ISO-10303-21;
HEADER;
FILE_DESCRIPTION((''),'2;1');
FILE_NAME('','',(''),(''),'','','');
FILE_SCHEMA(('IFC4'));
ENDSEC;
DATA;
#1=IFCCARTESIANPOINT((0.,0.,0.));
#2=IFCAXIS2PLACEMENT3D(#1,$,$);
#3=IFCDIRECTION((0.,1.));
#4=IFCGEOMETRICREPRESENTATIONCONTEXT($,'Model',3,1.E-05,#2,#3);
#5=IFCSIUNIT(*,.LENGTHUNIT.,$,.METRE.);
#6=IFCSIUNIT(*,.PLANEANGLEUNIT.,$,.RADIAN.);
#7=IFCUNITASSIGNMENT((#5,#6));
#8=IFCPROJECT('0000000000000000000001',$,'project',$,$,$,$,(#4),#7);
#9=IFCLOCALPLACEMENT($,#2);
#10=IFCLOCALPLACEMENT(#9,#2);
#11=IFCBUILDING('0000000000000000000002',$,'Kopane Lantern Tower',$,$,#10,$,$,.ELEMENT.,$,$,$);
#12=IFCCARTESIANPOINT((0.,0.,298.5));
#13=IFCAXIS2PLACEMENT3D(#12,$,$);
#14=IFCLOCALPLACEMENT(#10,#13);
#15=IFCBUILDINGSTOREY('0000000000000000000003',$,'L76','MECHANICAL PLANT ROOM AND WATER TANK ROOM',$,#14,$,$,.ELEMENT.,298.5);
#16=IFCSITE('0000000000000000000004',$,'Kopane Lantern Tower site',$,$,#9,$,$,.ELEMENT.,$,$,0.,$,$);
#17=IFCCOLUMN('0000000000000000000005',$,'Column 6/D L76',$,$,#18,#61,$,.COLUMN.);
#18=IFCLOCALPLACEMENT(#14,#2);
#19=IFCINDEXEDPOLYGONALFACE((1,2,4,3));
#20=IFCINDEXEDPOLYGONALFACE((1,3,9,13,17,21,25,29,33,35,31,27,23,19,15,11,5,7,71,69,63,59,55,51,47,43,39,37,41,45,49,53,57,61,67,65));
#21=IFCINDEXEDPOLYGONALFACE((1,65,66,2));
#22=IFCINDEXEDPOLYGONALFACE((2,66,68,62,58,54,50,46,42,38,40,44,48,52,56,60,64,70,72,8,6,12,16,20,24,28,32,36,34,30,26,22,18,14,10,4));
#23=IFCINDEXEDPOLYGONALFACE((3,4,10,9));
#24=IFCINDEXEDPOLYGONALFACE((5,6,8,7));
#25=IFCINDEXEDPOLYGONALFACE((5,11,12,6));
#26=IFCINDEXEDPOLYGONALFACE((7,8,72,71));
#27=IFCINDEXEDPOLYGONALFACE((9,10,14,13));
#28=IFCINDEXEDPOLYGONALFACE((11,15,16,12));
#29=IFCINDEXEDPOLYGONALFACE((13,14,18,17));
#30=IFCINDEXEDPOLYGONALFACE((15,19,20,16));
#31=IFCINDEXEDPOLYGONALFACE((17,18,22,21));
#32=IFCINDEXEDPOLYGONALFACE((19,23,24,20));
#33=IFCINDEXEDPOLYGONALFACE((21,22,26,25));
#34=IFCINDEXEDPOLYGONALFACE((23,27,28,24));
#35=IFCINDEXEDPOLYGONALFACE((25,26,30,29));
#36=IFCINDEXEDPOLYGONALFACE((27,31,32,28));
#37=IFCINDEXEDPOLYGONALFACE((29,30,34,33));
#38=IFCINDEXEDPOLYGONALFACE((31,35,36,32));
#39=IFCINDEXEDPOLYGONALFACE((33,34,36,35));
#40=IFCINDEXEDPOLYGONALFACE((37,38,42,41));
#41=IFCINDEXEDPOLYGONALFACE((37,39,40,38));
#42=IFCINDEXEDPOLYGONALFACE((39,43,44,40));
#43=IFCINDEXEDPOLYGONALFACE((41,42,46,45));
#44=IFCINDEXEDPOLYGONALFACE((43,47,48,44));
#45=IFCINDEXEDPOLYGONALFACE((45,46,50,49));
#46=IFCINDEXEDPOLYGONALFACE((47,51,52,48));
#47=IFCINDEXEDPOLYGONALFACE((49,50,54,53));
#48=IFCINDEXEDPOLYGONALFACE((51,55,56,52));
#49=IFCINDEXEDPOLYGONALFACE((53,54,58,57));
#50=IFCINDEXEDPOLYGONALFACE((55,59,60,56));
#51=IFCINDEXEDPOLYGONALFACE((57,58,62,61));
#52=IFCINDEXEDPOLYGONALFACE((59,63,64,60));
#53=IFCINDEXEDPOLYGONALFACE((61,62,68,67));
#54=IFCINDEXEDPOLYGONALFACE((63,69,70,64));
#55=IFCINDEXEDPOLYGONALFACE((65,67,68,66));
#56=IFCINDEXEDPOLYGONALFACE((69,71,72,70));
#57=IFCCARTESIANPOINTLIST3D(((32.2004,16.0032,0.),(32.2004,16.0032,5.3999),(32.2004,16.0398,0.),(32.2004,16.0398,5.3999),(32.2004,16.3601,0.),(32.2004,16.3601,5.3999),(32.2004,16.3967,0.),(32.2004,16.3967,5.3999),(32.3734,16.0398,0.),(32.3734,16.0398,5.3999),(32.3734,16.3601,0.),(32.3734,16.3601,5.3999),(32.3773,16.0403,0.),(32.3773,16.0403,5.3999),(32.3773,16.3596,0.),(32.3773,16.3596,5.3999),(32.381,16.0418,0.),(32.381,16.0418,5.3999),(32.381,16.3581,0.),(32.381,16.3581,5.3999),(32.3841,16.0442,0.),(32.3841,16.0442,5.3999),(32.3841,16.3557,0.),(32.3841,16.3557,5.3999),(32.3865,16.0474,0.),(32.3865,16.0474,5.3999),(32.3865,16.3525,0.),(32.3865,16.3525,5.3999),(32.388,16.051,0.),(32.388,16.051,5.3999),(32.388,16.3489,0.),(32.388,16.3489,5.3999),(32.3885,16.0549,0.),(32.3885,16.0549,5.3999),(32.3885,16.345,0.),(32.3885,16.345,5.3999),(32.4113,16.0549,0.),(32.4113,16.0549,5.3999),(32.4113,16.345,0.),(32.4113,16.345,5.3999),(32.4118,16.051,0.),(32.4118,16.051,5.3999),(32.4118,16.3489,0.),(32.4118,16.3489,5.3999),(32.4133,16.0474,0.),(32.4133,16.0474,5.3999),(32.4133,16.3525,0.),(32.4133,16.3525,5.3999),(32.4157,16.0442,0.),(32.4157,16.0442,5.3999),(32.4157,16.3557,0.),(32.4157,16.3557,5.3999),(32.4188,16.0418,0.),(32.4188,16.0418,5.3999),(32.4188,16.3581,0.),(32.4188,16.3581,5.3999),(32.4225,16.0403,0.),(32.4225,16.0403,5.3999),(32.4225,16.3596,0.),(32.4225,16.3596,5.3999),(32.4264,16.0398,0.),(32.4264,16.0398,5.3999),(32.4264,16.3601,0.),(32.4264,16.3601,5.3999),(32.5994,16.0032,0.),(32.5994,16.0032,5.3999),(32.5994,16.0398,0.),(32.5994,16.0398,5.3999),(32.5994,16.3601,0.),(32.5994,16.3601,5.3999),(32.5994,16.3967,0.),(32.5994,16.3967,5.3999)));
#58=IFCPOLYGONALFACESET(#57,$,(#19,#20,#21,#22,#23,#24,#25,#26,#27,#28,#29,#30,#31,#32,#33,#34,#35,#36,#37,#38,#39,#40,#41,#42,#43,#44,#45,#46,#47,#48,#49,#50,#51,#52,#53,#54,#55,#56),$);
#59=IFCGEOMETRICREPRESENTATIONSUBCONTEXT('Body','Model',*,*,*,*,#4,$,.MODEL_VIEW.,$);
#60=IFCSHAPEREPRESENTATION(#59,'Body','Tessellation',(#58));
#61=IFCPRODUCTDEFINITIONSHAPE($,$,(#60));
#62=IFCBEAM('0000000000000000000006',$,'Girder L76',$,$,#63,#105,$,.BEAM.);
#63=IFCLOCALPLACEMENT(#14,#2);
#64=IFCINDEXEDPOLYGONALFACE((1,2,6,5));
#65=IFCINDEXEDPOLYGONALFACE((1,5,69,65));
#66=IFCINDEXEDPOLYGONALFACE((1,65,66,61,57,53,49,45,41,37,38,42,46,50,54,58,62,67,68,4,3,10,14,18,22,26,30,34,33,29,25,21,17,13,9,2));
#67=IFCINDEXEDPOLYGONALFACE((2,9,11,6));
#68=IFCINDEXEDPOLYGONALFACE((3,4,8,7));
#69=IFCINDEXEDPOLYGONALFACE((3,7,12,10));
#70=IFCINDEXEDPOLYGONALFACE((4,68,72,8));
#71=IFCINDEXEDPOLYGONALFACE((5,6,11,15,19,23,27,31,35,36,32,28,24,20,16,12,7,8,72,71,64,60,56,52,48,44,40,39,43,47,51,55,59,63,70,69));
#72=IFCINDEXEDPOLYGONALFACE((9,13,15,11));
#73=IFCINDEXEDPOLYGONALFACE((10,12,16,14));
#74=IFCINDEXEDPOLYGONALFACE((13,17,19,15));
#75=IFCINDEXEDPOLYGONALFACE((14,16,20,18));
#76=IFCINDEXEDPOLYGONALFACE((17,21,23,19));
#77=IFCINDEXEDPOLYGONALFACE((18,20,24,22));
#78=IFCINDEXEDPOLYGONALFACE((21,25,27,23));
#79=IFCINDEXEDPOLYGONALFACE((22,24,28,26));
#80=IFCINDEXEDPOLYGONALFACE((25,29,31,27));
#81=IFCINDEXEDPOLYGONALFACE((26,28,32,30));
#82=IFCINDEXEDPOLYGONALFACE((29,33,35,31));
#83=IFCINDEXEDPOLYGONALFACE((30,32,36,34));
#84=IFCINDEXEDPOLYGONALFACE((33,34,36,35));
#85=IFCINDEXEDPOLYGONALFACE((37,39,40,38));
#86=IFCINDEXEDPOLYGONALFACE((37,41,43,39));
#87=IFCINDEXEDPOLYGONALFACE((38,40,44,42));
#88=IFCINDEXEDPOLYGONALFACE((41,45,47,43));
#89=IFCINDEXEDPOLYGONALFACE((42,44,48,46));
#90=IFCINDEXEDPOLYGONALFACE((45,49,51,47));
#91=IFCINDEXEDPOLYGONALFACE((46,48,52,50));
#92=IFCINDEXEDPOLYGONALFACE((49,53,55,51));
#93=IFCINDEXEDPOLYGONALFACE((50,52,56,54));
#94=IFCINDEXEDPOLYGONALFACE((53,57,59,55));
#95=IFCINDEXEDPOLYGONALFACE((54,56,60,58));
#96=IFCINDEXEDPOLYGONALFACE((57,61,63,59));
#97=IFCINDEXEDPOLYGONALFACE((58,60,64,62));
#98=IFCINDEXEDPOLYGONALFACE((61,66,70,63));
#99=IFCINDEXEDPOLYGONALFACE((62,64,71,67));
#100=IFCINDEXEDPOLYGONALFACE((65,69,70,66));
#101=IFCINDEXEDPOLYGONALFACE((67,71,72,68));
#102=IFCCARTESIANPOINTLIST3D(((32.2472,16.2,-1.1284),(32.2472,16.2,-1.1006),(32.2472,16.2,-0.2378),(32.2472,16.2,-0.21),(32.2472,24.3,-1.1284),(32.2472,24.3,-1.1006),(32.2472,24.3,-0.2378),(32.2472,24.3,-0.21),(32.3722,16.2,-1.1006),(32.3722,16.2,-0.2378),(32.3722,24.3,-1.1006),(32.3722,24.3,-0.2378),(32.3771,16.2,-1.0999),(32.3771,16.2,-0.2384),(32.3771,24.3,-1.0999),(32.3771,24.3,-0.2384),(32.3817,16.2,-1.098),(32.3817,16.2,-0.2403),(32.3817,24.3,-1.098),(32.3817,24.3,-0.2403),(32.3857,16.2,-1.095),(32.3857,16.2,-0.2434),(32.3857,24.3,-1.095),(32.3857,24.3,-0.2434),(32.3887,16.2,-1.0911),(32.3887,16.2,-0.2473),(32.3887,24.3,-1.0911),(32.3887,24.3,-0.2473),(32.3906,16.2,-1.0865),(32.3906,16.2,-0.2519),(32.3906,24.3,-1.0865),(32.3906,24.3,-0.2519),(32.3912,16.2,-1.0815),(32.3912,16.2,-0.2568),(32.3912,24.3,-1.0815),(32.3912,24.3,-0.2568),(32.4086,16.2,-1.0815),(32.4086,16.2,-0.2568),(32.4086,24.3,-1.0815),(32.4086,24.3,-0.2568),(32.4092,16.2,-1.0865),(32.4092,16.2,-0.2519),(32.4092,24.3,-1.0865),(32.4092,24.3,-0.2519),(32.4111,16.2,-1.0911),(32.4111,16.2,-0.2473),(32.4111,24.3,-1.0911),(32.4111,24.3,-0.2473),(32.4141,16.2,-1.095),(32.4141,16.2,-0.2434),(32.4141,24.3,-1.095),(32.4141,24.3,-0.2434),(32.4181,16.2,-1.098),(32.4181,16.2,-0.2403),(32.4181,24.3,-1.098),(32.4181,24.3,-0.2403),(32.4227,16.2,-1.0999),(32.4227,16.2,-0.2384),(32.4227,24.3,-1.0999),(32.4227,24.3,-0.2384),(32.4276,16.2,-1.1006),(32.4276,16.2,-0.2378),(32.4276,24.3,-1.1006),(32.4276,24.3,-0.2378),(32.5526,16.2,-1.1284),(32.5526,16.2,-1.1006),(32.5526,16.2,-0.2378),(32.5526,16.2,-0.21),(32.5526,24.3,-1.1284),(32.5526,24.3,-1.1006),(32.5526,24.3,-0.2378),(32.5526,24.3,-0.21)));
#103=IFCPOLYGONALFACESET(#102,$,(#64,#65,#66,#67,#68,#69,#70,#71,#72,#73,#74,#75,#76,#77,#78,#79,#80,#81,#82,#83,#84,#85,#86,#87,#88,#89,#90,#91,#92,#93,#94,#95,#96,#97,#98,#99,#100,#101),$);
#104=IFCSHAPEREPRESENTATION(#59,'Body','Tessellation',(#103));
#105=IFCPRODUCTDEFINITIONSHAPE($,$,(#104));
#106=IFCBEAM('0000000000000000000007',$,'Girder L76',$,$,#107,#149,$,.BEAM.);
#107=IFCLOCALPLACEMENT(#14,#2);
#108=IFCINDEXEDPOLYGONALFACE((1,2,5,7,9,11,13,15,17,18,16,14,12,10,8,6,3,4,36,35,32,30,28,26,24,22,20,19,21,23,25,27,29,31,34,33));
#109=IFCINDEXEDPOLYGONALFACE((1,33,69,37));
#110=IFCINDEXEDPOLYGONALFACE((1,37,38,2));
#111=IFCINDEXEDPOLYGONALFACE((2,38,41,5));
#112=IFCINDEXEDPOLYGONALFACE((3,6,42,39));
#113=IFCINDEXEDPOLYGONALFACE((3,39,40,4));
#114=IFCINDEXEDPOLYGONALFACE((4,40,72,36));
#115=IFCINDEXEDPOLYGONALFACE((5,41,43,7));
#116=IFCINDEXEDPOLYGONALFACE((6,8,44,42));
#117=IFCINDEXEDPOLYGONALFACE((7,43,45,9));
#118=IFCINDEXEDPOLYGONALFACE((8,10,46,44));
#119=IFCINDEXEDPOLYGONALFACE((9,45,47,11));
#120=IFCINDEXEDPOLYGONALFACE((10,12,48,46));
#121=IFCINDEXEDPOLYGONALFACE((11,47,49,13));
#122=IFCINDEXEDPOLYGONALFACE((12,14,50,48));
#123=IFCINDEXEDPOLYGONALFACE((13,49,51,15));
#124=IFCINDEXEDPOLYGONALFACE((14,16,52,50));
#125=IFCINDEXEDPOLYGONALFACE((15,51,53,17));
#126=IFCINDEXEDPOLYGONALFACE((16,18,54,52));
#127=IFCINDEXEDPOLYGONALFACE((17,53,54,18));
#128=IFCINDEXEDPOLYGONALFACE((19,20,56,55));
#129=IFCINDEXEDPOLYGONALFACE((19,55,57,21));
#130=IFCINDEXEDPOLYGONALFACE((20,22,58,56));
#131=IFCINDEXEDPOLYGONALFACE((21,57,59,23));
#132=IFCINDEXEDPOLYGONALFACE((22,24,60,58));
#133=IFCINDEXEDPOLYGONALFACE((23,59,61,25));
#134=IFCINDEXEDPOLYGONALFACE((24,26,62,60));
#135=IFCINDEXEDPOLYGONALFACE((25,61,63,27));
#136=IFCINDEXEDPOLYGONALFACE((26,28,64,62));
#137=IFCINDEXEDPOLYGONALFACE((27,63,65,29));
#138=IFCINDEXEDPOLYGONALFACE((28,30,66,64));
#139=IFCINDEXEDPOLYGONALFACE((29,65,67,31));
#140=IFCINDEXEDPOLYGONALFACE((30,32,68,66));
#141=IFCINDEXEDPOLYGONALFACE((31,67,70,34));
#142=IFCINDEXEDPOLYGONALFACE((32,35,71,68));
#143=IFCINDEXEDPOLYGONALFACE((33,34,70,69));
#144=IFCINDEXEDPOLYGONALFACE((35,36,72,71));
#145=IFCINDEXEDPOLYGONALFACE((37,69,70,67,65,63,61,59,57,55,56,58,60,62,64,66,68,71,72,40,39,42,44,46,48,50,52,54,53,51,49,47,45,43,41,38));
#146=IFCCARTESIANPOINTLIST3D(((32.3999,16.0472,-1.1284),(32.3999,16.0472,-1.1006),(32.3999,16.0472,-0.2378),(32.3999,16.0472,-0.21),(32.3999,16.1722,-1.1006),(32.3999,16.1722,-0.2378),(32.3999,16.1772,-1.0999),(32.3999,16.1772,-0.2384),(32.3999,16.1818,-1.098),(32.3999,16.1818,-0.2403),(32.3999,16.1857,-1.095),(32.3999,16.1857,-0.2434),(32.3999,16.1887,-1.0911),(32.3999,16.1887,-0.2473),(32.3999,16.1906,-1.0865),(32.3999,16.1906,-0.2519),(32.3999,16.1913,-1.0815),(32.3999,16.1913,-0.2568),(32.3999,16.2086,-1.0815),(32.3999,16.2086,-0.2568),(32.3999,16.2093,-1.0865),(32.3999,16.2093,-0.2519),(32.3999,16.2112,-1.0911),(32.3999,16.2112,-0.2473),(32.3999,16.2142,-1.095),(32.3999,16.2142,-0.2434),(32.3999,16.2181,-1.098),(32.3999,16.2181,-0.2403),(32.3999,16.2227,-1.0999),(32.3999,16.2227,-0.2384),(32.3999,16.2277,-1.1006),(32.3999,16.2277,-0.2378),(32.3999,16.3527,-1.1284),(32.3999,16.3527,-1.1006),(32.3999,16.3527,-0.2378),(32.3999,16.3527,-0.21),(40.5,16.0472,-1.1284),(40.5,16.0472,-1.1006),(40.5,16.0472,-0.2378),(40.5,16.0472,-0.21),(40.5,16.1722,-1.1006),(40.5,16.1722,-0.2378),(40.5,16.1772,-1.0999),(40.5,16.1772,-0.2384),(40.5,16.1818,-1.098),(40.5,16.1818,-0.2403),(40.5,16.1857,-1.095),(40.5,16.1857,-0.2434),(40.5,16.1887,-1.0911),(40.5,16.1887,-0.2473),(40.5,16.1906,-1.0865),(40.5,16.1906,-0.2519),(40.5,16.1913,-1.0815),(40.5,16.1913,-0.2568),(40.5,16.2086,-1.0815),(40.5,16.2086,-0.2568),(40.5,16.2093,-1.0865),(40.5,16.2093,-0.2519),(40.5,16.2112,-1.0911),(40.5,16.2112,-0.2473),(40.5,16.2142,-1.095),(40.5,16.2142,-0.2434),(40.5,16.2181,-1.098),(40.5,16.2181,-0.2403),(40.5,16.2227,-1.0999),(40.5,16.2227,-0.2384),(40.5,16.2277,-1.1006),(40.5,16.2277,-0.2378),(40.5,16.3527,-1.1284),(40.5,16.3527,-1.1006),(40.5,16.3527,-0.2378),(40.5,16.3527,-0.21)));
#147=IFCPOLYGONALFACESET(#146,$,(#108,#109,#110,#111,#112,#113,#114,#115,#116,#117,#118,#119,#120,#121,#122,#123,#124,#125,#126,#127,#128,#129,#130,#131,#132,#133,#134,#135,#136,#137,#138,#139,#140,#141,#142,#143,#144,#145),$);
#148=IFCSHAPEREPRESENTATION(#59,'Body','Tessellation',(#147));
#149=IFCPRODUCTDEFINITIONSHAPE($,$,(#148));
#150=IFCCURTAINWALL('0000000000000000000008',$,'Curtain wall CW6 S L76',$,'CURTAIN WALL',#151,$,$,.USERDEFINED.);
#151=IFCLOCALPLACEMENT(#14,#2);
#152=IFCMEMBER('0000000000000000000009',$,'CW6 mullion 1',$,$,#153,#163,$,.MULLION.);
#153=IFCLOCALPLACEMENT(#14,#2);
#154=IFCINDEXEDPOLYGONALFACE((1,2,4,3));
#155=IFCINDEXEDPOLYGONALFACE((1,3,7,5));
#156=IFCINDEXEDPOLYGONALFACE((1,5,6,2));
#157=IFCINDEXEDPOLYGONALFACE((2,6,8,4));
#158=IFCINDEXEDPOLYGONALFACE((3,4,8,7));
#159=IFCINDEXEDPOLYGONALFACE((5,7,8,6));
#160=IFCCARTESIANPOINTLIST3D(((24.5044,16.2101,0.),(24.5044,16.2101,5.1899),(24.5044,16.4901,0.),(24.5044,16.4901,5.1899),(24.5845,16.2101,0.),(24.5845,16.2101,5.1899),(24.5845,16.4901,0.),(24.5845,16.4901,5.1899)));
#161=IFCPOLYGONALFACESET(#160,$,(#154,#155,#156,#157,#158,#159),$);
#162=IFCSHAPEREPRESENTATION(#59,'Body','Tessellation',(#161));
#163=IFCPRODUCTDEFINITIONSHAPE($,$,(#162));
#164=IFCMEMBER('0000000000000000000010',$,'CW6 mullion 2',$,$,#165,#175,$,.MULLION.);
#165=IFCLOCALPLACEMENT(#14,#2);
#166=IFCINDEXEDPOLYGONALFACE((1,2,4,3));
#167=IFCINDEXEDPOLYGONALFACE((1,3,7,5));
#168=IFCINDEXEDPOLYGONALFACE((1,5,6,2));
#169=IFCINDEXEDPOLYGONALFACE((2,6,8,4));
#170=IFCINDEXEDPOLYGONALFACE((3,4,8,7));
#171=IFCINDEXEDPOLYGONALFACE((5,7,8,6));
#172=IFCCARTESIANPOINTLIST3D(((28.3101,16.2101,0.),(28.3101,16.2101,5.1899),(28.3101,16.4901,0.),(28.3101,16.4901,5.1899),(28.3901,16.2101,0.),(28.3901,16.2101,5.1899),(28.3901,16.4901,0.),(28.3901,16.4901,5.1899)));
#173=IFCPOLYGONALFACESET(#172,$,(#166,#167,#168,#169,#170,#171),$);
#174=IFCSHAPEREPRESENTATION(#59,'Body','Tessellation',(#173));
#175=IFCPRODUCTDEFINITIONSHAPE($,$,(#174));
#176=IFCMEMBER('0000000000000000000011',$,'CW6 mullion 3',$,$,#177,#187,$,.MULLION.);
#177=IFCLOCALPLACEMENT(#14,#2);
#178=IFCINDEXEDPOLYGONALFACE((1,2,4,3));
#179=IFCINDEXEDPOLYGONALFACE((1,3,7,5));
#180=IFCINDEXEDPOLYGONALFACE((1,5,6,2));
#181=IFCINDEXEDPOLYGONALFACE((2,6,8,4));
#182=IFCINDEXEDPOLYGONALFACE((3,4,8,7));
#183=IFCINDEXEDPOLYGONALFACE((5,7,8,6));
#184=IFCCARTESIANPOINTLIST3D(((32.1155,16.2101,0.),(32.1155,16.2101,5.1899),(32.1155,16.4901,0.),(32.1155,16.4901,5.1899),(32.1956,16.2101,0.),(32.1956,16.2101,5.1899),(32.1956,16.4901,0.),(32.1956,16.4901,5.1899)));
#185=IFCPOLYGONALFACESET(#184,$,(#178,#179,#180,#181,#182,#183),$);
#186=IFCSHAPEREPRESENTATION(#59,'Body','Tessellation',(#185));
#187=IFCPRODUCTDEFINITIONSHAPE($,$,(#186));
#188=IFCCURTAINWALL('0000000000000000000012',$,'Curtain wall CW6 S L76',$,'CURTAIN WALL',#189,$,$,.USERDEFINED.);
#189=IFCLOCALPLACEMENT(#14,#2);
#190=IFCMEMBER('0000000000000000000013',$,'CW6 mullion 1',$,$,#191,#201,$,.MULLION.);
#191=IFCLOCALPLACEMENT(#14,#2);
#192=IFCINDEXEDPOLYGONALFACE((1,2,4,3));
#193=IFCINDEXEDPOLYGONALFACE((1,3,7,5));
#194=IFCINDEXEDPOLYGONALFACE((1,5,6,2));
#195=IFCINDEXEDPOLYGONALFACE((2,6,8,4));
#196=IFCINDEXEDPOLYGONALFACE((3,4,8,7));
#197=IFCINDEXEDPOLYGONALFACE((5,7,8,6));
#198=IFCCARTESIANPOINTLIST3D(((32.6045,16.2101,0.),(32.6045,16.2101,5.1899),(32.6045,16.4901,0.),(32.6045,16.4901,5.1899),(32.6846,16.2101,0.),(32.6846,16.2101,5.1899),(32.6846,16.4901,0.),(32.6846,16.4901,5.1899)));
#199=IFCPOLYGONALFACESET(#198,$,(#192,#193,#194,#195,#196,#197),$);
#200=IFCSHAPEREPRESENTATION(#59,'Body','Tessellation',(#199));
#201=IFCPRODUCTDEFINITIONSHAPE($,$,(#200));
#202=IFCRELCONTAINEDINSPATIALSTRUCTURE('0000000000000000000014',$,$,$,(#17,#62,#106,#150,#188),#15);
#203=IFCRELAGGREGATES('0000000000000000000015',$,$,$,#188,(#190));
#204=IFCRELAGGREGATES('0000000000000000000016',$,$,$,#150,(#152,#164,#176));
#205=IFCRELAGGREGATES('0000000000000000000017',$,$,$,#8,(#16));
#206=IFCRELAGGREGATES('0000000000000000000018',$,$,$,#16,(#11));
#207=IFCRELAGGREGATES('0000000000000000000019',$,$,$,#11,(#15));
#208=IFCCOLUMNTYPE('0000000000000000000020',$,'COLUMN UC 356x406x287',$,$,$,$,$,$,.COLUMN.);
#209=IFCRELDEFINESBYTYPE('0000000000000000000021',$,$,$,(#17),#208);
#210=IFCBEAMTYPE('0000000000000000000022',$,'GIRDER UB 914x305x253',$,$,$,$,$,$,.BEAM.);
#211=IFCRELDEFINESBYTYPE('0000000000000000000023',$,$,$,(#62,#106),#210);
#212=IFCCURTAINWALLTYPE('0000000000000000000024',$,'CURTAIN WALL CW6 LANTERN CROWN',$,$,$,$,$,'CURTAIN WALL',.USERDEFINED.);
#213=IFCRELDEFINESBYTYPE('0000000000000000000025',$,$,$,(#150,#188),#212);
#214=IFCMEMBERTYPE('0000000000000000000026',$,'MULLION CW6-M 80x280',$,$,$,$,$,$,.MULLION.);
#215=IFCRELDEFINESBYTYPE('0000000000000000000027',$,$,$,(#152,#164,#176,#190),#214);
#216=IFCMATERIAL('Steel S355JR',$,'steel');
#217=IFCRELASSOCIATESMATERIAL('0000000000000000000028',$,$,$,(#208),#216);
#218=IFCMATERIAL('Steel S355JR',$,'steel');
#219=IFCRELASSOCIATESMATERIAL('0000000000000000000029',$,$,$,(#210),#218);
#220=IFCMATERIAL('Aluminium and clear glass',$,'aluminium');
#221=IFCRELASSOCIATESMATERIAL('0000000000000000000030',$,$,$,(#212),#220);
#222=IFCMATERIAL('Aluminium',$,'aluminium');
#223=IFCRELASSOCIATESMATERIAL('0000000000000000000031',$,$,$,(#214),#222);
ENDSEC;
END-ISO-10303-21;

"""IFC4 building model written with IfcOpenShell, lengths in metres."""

from ifc_helpers import new_model, si_unit, direction, frame, origin, origin_2d, place, context, subcontext, project, spatial, rectangle, i_section, extrude, material, material_profile, profile_set, type_object, element, aggregate, save


model = new_model("IFC4")

# Units and contexts
model_context = context("Model", 3, precision=1e-05, world=origin(), true_north=direction((0.0, 1.0)))
body_context = subcontext(model_context, "Body", "Model", "MODEL_VIEW")
ifc_project = project(units=[si_unit("LENGTHUNIT", "METRE"), si_unit("PLANEANGLEUNIT", "RADIAN")], contexts=[model_context])

# Site, building, storey
site_placement = place(None, origin())
site = spatial("IfcSite", under=ifc_project, at=site_placement, Name="Kopane Lantern Tower site", CompositionType="ELEMENT", RefElevation=0.0)
building_placement = place(site_placement, origin())
building = spatial("IfcBuilding", under=site, at=building_placement, Name="Kopane Lantern Tower", CompositionType="ELEMENT")
storey_placement = place(building_placement, frame((0.0, 0.0, 298.5)))
storey = spatial("IfcBuildingStorey", under=building, at=storey_placement, Name="L76", Description="MECHANICAL PLANT ROOM AND WATER TANK ROOM", CompositionType="ELEMENT", Elevation=298.5)

# Column
ifc_material_1 = material(Name="Steel S355JR", Category="steel")
ifc_material_profile_1 = material_profile(ifc_material_1, i_section(OverallWidth=0.3989, OverallDepth=0.3936, WebThickness=0.0227, FlangeThickness=0.0366, FilletRadius=0.0151, at=origin_2d()), Name="UC 356x406x287")
ifc_profile_set_1 = profile_set([ifc_material_profile_1], Name="Steel S355JR")
column_type = type_object("IfcColumnType", Name="COLUMN UC 356x406x287", PredefinedType="COLUMN", material=ifc_profile_set_1)
column_placement = place(storey_placement, frame((32.3999, 16.2, 0.0), z_axis=(0.0, 0.0, 1.0), x_axis=(1.0, 0.0, 0.0)))
element("IfcColumn", 1, at=column_placement, inside=storey, type_object=column_type, Name="Column 6/D L76", PredefinedType="COLUMN", context=body_context, shape_type="SweptSolid", body=[
    extrude(i_section(OverallWidth=0.3989, OverallDepth=0.3936, WebThickness=0.0227, FlangeThickness=0.0366, FilletRadius=0.0151, at=origin_2d()), origin(), (0.0, 0.0, 1.0), 5.3999),
])

# Beams
ifc_material_2 = material(Name="Steel S355JR", Category="steel")
ifc_material_profile_2 = material_profile(ifc_material_2, i_section(OverallWidth=0.3054, OverallDepth=0.9185, WebThickness=0.0173, FlangeThickness=0.0278, FilletRadius=0.019, at=origin_2d()), Name="UB 914x305x253")
ifc_profile_set_2 = profile_set([ifc_material_profile_2], Name="Steel S355JR")
beam_type = type_object("IfcBeamType", Name="GIRDER UB 914x305x253", PredefinedType="BEAM", material=ifc_profile_set_2)
for number, where, z_axis, x_axis, name in (
    (2, (32.3999, 16.2, -0.6692), (0.0, 1.0, 0.0), (-1.0, 0.0, 0.0), "Girder L76"),
    (3, (32.3999, 16.2, -0.6692), (1.0, 0.0, 0.0), (0.0, 1.0, 0.0), "Girder L76"),
):
    element("IfcBeam", number, at=place(storey_placement, frame(where, z_axis=z_axis, x_axis=x_axis)), inside=storey, type_object=beam_type, Name=name, PredefinedType="BEAM", context=body_context, shape_type="SweptSolid", body=[
        extrude(i_section(OverallWidth=0.3054, OverallDepth=0.9185, WebThickness=0.0173, FlangeThickness=0.0278, FilletRadius=0.019, at=origin_2d()), origin(), (0.0, 0.0, 1.0), 8.1001),
    ])

# Curtain wall, members
ifc_material_3 = material(Name="Aluminium and clear glass", Category="aluminium")
curtain_wall_type = type_object("IfcCurtainWallType", Name="CURTAIN WALL CW6 LANTERN CROWN", ElementType="CURTAIN WALL", PredefinedType="USERDEFINED", material=ifc_material_3)
curtain_wall_1_placement = place(storey_placement, origin())
curtain_wall_1 = element("IfcCurtainWall", 4, at=curtain_wall_1_placement, inside=storey, type_object=curtain_wall_type, Name="Curtain wall CW6 S L76", ObjectType="CURTAIN WALL", PredefinedType="USERDEFINED")
ifc_material_4 = material(Name="Aluminium", Category="aluminium")
ifc_material_profile_3 = material_profile(ifc_material_4, rectangle(XDim=0.0801, YDim=0.28, at=origin_2d()), Name="AL 80x280")
ifc_profile_set_3 = profile_set([ifc_material_profile_3], Name="Aluminium")
member_type_1 = type_object("IfcMemberType", Name="MULLION CW6-M 80x280", PredefinedType="MULLION", material=ifc_profile_set_3)
member_1_placement = place(storey_placement, frame((24.5444, 16.3501, 0.0), z_axis=(0.0, 0.0, 1.0), x_axis=(1.0, 0.0, 0.0)))
member_1 = element("IfcMember", 5, at=member_1_placement, type_object=member_type_1, Name="CW6 mullion 1", PredefinedType="MULLION", context=body_context, shape_type="SweptSolid", body=[
    extrude(rectangle(XDim=0.0801, YDim=0.28, at=origin_2d()), origin(), (0.0, 0.0, 1.0), 5.1899),
])
member_2_placement = place(storey_placement, frame((28.3501, 16.3501, 0.0), z_axis=(0.0, 0.0, 1.0), x_axis=(1.0, 0.0, 0.0)))
member_2 = element("IfcMember", 6, at=member_2_placement, type_object=member_type_1, Name="CW6 mullion 2", PredefinedType="MULLION", context=body_context, shape_type="SweptSolid", body=[
    extrude(rectangle(XDim=0.0801, YDim=0.28, at=origin_2d()), origin(), (0.0, 0.0, 1.0), 5.1899),
])
member_3_placement = place(storey_placement, frame((32.1555, 16.3501, 0.0), z_axis=(0.0, 0.0, 1.0), x_axis=(1.0, 0.0, 0.0)))
member_3 = element("IfcMember", 7, at=member_3_placement, type_object=member_type_1, Name="CW6 mullion 3", PredefinedType="MULLION", context=body_context, shape_type="SweptSolid", body=[
    extrude(rectangle(XDim=0.0801, YDim=0.28, at=origin_2d()), origin(), (0.0, 0.0, 1.0), 5.1899),
])

# Curtain wall, member
curtain_wall_2_placement = place(storey_placement, origin())
curtain_wall_2 = element("IfcCurtainWall", 8, at=curtain_wall_2_placement, inside=storey, type_object=curtain_wall_type, Name="Curtain wall CW6 S L76", ObjectType="CURTAIN WALL", PredefinedType="USERDEFINED")
member_4_placement = place(storey_placement, frame((32.6445, 16.3501, 0.0), z_axis=(0.0, 0.0, 1.0), x_axis=(1.0, 0.0, 0.0)))
member_4 = element("IfcMember", 9, at=member_4_placement, type_object=member_type_1, Name="CW6 mullion 1", PredefinedType="MULLION", context=body_context, shape_type="SweptSolid", body=[
    extrude(rectangle(XDim=0.0801, YDim=0.28, at=origin_2d()), origin(), (0.0, 0.0, 1.0), 5.1899),
])

aggregate(curtain_wall_2, [member_4])

aggregate(curtain_wall_1, [member_1, member_2, member_3])

save(model, "model.ifc")
